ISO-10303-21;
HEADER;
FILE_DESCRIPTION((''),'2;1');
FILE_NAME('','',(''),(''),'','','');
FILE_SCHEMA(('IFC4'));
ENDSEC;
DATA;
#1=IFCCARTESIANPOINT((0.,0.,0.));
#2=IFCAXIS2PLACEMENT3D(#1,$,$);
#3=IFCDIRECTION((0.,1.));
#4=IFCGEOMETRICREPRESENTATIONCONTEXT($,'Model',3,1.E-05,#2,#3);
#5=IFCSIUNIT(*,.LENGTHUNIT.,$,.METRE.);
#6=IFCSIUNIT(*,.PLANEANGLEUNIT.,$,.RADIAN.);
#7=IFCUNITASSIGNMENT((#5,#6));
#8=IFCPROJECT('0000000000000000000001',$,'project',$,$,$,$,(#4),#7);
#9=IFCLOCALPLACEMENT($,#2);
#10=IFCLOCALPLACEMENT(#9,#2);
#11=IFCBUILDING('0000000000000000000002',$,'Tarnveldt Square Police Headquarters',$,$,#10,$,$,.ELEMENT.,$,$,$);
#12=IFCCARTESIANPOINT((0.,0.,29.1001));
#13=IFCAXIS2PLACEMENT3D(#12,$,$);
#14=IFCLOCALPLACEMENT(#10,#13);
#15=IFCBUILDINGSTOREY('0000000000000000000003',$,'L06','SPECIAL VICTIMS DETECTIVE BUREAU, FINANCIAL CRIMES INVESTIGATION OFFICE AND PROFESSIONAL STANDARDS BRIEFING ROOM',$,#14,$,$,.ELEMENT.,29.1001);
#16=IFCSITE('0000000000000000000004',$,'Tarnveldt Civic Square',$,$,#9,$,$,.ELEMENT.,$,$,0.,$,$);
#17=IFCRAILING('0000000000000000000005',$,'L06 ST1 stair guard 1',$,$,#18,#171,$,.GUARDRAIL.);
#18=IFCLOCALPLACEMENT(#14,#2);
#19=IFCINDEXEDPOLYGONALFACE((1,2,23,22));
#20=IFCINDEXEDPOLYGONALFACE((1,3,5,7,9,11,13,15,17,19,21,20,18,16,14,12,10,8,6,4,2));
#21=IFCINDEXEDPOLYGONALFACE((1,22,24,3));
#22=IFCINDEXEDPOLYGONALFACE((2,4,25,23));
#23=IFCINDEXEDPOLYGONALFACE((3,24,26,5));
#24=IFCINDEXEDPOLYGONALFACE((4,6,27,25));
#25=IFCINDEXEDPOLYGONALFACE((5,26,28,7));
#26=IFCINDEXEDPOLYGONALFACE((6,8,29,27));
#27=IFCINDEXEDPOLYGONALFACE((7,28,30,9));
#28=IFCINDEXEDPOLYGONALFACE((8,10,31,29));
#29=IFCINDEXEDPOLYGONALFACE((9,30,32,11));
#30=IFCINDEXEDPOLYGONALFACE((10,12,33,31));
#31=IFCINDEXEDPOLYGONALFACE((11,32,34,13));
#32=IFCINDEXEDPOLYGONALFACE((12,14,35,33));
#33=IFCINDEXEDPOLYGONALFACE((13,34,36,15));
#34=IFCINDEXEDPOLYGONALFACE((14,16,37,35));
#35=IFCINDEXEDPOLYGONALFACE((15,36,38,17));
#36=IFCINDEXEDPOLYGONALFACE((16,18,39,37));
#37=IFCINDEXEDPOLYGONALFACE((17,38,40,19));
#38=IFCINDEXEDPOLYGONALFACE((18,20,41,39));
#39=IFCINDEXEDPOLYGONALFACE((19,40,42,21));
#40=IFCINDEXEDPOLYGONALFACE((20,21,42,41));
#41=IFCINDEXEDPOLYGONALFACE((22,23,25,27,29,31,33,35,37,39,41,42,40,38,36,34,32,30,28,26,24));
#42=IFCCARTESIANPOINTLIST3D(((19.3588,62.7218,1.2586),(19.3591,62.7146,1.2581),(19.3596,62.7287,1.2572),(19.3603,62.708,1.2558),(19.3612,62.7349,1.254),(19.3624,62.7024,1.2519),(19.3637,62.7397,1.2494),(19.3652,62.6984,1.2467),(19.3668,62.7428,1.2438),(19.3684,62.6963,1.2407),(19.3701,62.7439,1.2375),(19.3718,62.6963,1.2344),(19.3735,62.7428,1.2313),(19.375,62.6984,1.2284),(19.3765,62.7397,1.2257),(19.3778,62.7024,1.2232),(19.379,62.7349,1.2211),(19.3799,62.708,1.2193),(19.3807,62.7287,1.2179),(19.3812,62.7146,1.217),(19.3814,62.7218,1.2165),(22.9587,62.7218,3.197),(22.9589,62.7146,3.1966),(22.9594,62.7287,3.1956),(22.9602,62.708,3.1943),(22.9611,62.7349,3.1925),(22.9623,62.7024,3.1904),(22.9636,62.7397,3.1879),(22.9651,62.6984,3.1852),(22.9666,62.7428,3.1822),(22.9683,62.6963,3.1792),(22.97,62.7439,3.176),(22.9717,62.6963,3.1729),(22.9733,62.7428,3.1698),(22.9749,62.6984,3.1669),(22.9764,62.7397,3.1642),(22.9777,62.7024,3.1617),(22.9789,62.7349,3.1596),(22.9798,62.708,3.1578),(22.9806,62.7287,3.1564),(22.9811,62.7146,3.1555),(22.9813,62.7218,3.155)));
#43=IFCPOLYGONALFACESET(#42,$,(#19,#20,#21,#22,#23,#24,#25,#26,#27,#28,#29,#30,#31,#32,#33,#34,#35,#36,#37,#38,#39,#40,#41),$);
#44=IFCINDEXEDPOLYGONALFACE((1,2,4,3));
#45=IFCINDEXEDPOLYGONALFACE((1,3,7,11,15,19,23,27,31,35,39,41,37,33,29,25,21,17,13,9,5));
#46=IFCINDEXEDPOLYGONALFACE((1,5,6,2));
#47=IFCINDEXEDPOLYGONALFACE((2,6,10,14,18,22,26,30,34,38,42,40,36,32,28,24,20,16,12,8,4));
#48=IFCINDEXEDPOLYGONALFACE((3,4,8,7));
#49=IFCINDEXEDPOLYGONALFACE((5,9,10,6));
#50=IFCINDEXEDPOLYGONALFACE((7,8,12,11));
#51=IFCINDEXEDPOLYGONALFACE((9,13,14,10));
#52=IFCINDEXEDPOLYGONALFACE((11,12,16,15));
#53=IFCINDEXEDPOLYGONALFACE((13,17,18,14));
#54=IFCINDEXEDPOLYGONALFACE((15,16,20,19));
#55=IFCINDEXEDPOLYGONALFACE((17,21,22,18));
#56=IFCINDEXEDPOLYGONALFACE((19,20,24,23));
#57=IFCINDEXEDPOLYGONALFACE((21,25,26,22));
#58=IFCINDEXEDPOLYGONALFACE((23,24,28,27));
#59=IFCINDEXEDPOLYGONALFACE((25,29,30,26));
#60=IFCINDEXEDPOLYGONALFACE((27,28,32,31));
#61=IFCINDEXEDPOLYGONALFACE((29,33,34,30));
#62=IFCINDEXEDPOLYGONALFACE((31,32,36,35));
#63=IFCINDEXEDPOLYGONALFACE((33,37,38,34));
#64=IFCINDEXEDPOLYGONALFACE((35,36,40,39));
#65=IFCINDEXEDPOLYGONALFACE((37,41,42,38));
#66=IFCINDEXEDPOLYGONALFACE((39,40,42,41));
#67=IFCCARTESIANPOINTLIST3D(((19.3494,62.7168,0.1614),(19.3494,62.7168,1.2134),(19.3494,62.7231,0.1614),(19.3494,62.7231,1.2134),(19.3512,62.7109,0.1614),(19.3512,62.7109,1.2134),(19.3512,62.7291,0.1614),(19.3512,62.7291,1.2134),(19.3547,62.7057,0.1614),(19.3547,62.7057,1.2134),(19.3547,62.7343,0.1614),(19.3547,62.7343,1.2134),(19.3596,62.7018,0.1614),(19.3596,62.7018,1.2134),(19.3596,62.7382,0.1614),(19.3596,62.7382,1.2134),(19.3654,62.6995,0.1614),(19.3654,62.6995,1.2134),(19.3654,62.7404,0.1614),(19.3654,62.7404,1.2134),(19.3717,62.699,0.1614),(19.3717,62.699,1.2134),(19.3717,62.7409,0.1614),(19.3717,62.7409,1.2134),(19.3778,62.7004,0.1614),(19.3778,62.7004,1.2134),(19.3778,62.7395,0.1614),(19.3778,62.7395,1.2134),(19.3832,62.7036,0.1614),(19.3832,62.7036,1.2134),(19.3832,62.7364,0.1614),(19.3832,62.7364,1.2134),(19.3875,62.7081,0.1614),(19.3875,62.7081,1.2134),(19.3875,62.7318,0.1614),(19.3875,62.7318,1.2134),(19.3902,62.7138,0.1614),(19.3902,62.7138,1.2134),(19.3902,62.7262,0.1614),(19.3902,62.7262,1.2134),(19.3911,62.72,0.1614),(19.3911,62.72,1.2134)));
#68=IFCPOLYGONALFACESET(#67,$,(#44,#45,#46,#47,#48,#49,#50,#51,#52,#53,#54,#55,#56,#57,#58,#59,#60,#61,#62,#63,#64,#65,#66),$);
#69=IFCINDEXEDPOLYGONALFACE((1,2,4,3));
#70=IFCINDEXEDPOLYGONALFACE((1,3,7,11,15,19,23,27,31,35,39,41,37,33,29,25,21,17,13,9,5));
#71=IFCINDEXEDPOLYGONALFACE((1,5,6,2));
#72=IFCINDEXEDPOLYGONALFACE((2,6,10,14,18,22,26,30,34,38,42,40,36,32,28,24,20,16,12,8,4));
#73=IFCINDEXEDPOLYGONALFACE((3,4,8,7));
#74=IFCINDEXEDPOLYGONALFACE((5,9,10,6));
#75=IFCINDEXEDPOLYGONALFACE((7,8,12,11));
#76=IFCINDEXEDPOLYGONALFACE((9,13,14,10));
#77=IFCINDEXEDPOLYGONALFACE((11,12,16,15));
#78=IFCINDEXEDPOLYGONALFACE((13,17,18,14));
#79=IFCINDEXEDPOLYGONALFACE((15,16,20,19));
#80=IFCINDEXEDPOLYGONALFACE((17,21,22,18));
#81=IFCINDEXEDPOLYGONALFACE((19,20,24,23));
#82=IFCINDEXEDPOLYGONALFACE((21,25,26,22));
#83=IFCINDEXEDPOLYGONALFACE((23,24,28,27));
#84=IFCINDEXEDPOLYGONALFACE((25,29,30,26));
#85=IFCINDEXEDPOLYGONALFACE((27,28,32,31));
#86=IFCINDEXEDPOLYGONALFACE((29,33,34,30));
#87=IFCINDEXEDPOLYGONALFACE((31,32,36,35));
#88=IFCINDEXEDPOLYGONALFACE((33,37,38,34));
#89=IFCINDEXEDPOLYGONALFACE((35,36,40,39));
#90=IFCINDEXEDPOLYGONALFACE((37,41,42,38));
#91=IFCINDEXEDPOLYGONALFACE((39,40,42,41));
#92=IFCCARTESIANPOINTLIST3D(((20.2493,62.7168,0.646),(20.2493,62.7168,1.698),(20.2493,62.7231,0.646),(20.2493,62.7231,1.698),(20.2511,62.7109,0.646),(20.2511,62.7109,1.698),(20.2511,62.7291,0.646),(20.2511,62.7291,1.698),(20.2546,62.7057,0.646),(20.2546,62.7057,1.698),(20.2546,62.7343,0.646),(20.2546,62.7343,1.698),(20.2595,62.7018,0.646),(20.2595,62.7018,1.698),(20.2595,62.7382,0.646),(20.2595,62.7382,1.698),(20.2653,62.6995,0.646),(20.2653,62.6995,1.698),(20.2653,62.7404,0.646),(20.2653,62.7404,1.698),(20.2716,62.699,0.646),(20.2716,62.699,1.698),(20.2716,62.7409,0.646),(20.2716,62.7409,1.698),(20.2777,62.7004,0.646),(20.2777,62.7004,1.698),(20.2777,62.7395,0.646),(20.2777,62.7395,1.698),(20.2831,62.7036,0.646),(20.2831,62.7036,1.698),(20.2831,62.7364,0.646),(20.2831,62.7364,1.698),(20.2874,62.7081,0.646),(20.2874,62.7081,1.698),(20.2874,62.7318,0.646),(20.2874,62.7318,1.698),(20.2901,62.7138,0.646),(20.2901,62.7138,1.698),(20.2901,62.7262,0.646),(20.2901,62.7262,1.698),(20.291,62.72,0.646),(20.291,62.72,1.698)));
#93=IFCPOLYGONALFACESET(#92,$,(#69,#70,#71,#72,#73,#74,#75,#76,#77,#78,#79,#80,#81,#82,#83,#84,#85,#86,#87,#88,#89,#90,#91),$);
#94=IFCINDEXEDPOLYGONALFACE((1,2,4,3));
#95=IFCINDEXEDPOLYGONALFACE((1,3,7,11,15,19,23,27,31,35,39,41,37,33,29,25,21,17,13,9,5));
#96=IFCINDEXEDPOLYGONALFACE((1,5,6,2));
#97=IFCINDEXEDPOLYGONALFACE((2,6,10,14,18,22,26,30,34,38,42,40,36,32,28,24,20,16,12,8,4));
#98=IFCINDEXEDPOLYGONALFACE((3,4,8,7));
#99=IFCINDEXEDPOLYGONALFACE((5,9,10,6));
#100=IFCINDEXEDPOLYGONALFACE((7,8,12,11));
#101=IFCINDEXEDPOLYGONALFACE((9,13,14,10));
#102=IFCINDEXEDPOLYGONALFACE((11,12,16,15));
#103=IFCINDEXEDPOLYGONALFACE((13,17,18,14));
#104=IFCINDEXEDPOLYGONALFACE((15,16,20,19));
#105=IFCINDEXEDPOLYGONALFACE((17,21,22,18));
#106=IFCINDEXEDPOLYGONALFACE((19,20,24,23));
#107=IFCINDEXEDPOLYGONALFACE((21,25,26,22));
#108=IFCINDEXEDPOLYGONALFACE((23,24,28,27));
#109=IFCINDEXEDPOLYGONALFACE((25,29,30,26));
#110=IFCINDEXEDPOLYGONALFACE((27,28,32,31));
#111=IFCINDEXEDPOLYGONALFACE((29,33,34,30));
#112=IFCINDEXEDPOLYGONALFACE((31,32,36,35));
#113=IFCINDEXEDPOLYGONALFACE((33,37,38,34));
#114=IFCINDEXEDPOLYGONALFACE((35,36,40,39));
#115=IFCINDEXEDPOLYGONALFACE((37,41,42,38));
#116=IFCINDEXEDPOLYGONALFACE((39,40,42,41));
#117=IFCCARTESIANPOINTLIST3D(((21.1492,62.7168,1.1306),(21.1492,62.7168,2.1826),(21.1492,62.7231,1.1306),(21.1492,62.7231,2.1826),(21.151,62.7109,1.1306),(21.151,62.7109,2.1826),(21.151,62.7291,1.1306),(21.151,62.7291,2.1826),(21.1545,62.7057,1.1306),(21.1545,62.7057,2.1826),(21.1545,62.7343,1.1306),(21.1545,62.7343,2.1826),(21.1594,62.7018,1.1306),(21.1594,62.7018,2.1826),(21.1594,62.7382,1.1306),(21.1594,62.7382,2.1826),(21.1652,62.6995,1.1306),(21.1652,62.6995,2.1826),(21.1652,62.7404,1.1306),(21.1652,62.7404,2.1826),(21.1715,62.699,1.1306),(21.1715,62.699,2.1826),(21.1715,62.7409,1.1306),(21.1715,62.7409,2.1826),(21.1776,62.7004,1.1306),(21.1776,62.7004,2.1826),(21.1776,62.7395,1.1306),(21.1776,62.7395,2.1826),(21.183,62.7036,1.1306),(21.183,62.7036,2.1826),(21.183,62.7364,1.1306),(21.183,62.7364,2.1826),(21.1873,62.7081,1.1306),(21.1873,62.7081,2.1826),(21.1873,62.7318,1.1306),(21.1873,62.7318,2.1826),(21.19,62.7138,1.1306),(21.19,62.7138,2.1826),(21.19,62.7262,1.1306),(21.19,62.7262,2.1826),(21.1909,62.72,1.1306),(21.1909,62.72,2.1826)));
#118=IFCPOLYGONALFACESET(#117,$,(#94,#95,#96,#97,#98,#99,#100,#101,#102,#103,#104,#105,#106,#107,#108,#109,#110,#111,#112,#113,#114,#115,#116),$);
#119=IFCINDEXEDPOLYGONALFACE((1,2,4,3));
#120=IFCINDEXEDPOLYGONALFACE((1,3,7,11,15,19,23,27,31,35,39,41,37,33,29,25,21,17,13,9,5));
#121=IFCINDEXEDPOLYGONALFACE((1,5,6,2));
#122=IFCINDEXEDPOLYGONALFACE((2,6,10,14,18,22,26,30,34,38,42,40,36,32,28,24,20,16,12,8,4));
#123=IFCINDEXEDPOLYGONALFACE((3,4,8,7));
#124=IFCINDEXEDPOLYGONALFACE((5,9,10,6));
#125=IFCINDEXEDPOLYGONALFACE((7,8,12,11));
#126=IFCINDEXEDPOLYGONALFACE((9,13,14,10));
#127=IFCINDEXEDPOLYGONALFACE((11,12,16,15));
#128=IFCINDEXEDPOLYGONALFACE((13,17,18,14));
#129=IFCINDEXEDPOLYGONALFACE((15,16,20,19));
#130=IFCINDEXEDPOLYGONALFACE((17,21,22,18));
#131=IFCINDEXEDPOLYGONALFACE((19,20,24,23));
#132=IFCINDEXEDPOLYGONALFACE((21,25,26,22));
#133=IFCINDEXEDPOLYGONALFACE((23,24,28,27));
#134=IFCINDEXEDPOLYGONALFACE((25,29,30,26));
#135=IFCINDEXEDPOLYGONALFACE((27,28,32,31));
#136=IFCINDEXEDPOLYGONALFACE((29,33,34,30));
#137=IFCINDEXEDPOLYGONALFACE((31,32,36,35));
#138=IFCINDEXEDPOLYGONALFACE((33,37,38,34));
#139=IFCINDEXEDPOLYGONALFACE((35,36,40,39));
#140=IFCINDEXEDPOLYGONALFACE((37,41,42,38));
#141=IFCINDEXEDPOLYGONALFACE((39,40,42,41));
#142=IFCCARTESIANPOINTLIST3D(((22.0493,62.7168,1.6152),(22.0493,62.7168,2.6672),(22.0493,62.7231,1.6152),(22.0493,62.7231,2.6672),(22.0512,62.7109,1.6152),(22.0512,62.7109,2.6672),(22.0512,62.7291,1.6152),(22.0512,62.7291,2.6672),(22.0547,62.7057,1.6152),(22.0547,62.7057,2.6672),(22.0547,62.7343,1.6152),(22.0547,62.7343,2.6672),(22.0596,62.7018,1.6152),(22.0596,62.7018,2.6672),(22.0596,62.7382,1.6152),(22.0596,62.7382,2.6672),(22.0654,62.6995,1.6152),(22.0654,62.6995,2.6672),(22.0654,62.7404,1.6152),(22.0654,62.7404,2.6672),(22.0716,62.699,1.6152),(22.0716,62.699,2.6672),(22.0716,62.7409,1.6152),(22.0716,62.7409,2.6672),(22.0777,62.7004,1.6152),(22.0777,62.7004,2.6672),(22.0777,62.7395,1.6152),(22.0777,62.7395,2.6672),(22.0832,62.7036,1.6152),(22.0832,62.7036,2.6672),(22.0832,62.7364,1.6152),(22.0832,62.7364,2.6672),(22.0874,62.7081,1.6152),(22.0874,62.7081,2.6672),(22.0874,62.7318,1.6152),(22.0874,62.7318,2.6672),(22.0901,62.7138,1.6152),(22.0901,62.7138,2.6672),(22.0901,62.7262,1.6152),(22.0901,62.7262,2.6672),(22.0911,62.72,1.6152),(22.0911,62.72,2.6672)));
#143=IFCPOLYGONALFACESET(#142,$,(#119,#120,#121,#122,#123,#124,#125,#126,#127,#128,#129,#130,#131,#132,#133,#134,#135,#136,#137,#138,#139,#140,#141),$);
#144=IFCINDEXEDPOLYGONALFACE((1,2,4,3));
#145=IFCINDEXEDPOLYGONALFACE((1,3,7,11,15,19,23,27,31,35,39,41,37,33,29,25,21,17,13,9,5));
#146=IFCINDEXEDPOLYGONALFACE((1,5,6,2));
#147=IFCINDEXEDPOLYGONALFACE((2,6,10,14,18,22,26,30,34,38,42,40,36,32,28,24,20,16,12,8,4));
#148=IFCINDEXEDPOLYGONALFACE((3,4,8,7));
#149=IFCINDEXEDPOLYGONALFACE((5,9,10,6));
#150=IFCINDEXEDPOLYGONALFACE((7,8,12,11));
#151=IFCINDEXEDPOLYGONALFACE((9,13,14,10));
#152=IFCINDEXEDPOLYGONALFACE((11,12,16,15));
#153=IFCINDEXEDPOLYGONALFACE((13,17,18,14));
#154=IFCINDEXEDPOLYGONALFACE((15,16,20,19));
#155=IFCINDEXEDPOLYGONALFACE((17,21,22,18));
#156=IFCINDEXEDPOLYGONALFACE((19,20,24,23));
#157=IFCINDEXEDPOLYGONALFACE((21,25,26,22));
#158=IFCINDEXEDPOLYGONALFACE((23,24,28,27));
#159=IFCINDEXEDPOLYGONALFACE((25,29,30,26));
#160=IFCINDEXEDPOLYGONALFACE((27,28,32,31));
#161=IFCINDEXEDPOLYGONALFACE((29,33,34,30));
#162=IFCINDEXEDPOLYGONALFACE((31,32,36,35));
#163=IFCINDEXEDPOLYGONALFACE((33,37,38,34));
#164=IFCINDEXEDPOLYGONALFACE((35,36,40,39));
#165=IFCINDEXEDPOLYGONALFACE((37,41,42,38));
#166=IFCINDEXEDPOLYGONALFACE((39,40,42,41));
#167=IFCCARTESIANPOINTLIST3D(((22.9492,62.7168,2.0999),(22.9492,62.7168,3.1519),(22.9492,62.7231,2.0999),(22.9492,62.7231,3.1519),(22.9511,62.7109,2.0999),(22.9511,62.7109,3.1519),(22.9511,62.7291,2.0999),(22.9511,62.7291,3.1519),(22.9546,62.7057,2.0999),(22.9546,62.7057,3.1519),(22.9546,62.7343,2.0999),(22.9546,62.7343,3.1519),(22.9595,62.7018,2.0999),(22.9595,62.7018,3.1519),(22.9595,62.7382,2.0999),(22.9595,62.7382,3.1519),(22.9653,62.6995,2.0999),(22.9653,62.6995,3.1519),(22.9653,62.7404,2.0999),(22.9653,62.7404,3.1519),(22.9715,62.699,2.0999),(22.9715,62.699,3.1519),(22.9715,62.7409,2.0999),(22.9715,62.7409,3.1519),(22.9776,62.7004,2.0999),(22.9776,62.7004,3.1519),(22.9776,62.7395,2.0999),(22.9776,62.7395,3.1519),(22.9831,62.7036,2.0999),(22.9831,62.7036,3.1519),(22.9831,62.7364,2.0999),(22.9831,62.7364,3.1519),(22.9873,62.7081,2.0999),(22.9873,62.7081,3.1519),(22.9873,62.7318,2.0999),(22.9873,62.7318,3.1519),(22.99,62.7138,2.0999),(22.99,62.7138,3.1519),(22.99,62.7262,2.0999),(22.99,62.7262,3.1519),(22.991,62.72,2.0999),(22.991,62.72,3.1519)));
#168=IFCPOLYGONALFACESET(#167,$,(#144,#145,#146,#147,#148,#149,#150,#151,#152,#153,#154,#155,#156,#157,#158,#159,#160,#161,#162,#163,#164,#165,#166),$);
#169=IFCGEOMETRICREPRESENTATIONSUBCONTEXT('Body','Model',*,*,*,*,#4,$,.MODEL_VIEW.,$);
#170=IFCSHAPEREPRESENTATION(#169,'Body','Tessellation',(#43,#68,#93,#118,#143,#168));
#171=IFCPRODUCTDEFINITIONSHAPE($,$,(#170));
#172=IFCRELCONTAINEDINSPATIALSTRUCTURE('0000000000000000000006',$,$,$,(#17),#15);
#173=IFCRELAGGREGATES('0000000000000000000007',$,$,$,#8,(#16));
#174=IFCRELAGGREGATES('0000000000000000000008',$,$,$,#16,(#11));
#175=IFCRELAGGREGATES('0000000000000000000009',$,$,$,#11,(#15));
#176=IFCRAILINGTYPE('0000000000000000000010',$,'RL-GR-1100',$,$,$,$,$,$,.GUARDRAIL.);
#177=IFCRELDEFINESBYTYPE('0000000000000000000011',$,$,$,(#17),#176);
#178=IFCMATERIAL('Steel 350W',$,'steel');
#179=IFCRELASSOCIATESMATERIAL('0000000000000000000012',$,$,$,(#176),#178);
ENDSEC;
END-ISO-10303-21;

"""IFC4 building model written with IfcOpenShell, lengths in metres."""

from ifc_helpers import new_model, si_unit, direction, frame, origin, origin_2d, place, context, subcontext, project, spatial, circle, extrude, material, type_object, element, save


model = new_model("IFC4")

# Units and contexts
model_context = context("Model", 3, precision=1e-05, world=origin(), true_north=direction((0.0, 1.0)))
body_context = subcontext(model_context, "Body", "Model", "MODEL_VIEW")
ifc_project = project(units=[si_unit("LENGTHUNIT", "METRE"), si_unit("PLANEANGLEUNIT", "RADIAN")], contexts=[model_context])

# Site, building, storey
site_placement = place(None, origin())
site = spatial("IfcSite", under=ifc_project, at=site_placement, Name="Tarnveldt Civic Square", CompositionType="ELEMENT", RefElevation=0.0)
building_placement = place(site_placement, origin())
building = spatial("IfcBuilding", under=site, at=building_placement, Name="Tarnveldt Square Police Headquarters", CompositionType="ELEMENT")
storey_placement = place(building_placement, frame((0.0, 0.0, 29.1001)))
storey = spatial("IfcBuildingStorey", under=building, at=storey_placement, Name="L06", Description="SPECIAL VICTIMS DETECTIVE BUREAU, FINANCIAL CRIMES INVESTIGATION OFFICE AND PROFESSIONAL STANDARDS BRIEFING ROOM", CompositionType="ELEMENT", Elevation=29.1001)

# Shared definitions
ifc_material_1 = material(Name="Steel 350W", Category="steel")

# Railing
railing_type_1 = type_object("IfcRailingType", Name="RL-GR-1100", PredefinedType="GUARDRAIL", material=ifc_material_1)
railing_1_placement = place(storey_placement, frame((19.3701, 62.72, 0.1614)))
element("IfcRailing", 1, at=railing_1_placement, inside=storey, type_object=railing_type_1, Name="L06 ST1 stair guard 1", PredefinedType="GUARDRAIL", context=body_context, shape_type="SweptSolid", body=[
    extrude(circle(Radius=0.0239, at=origin_2d()), frame((0.0, 0.0, 1.0762), z_axis=(0.880462, 0.0, 0.474118), x_axis=(0.0, 1.0, 0.0)), (0.0, 0.0, 1.0), 4.0886),
    extrude(circle(Radius=0.021, at=origin_2d()), origin(), (0.0, 0.0, 1.0), 1.052),
    extrude(circle(Radius=0.021, at=origin_2d()), frame((0.8999, 0.0, 0.4846)), (0.0, 0.0, 1.0), 1.052),
    extrude(circle(Radius=0.021, at=origin_2d()), frame((1.7998, 0.0, 0.9692)), (0.0, 0.0, 1.0), 1.052),
    extrude(circle(Radius=0.021, at=origin_2d()), frame((2.7, 0.0, 1.4539)), (0.0, 0.0, 1.0), 1.052),
    extrude(circle(Radius=0.021, at=origin_2d()), frame((3.5999, 0.0, 1.9385)), (0.0, 0.0, 1.0), 1.052),
])

save(model, "model.ifc")
